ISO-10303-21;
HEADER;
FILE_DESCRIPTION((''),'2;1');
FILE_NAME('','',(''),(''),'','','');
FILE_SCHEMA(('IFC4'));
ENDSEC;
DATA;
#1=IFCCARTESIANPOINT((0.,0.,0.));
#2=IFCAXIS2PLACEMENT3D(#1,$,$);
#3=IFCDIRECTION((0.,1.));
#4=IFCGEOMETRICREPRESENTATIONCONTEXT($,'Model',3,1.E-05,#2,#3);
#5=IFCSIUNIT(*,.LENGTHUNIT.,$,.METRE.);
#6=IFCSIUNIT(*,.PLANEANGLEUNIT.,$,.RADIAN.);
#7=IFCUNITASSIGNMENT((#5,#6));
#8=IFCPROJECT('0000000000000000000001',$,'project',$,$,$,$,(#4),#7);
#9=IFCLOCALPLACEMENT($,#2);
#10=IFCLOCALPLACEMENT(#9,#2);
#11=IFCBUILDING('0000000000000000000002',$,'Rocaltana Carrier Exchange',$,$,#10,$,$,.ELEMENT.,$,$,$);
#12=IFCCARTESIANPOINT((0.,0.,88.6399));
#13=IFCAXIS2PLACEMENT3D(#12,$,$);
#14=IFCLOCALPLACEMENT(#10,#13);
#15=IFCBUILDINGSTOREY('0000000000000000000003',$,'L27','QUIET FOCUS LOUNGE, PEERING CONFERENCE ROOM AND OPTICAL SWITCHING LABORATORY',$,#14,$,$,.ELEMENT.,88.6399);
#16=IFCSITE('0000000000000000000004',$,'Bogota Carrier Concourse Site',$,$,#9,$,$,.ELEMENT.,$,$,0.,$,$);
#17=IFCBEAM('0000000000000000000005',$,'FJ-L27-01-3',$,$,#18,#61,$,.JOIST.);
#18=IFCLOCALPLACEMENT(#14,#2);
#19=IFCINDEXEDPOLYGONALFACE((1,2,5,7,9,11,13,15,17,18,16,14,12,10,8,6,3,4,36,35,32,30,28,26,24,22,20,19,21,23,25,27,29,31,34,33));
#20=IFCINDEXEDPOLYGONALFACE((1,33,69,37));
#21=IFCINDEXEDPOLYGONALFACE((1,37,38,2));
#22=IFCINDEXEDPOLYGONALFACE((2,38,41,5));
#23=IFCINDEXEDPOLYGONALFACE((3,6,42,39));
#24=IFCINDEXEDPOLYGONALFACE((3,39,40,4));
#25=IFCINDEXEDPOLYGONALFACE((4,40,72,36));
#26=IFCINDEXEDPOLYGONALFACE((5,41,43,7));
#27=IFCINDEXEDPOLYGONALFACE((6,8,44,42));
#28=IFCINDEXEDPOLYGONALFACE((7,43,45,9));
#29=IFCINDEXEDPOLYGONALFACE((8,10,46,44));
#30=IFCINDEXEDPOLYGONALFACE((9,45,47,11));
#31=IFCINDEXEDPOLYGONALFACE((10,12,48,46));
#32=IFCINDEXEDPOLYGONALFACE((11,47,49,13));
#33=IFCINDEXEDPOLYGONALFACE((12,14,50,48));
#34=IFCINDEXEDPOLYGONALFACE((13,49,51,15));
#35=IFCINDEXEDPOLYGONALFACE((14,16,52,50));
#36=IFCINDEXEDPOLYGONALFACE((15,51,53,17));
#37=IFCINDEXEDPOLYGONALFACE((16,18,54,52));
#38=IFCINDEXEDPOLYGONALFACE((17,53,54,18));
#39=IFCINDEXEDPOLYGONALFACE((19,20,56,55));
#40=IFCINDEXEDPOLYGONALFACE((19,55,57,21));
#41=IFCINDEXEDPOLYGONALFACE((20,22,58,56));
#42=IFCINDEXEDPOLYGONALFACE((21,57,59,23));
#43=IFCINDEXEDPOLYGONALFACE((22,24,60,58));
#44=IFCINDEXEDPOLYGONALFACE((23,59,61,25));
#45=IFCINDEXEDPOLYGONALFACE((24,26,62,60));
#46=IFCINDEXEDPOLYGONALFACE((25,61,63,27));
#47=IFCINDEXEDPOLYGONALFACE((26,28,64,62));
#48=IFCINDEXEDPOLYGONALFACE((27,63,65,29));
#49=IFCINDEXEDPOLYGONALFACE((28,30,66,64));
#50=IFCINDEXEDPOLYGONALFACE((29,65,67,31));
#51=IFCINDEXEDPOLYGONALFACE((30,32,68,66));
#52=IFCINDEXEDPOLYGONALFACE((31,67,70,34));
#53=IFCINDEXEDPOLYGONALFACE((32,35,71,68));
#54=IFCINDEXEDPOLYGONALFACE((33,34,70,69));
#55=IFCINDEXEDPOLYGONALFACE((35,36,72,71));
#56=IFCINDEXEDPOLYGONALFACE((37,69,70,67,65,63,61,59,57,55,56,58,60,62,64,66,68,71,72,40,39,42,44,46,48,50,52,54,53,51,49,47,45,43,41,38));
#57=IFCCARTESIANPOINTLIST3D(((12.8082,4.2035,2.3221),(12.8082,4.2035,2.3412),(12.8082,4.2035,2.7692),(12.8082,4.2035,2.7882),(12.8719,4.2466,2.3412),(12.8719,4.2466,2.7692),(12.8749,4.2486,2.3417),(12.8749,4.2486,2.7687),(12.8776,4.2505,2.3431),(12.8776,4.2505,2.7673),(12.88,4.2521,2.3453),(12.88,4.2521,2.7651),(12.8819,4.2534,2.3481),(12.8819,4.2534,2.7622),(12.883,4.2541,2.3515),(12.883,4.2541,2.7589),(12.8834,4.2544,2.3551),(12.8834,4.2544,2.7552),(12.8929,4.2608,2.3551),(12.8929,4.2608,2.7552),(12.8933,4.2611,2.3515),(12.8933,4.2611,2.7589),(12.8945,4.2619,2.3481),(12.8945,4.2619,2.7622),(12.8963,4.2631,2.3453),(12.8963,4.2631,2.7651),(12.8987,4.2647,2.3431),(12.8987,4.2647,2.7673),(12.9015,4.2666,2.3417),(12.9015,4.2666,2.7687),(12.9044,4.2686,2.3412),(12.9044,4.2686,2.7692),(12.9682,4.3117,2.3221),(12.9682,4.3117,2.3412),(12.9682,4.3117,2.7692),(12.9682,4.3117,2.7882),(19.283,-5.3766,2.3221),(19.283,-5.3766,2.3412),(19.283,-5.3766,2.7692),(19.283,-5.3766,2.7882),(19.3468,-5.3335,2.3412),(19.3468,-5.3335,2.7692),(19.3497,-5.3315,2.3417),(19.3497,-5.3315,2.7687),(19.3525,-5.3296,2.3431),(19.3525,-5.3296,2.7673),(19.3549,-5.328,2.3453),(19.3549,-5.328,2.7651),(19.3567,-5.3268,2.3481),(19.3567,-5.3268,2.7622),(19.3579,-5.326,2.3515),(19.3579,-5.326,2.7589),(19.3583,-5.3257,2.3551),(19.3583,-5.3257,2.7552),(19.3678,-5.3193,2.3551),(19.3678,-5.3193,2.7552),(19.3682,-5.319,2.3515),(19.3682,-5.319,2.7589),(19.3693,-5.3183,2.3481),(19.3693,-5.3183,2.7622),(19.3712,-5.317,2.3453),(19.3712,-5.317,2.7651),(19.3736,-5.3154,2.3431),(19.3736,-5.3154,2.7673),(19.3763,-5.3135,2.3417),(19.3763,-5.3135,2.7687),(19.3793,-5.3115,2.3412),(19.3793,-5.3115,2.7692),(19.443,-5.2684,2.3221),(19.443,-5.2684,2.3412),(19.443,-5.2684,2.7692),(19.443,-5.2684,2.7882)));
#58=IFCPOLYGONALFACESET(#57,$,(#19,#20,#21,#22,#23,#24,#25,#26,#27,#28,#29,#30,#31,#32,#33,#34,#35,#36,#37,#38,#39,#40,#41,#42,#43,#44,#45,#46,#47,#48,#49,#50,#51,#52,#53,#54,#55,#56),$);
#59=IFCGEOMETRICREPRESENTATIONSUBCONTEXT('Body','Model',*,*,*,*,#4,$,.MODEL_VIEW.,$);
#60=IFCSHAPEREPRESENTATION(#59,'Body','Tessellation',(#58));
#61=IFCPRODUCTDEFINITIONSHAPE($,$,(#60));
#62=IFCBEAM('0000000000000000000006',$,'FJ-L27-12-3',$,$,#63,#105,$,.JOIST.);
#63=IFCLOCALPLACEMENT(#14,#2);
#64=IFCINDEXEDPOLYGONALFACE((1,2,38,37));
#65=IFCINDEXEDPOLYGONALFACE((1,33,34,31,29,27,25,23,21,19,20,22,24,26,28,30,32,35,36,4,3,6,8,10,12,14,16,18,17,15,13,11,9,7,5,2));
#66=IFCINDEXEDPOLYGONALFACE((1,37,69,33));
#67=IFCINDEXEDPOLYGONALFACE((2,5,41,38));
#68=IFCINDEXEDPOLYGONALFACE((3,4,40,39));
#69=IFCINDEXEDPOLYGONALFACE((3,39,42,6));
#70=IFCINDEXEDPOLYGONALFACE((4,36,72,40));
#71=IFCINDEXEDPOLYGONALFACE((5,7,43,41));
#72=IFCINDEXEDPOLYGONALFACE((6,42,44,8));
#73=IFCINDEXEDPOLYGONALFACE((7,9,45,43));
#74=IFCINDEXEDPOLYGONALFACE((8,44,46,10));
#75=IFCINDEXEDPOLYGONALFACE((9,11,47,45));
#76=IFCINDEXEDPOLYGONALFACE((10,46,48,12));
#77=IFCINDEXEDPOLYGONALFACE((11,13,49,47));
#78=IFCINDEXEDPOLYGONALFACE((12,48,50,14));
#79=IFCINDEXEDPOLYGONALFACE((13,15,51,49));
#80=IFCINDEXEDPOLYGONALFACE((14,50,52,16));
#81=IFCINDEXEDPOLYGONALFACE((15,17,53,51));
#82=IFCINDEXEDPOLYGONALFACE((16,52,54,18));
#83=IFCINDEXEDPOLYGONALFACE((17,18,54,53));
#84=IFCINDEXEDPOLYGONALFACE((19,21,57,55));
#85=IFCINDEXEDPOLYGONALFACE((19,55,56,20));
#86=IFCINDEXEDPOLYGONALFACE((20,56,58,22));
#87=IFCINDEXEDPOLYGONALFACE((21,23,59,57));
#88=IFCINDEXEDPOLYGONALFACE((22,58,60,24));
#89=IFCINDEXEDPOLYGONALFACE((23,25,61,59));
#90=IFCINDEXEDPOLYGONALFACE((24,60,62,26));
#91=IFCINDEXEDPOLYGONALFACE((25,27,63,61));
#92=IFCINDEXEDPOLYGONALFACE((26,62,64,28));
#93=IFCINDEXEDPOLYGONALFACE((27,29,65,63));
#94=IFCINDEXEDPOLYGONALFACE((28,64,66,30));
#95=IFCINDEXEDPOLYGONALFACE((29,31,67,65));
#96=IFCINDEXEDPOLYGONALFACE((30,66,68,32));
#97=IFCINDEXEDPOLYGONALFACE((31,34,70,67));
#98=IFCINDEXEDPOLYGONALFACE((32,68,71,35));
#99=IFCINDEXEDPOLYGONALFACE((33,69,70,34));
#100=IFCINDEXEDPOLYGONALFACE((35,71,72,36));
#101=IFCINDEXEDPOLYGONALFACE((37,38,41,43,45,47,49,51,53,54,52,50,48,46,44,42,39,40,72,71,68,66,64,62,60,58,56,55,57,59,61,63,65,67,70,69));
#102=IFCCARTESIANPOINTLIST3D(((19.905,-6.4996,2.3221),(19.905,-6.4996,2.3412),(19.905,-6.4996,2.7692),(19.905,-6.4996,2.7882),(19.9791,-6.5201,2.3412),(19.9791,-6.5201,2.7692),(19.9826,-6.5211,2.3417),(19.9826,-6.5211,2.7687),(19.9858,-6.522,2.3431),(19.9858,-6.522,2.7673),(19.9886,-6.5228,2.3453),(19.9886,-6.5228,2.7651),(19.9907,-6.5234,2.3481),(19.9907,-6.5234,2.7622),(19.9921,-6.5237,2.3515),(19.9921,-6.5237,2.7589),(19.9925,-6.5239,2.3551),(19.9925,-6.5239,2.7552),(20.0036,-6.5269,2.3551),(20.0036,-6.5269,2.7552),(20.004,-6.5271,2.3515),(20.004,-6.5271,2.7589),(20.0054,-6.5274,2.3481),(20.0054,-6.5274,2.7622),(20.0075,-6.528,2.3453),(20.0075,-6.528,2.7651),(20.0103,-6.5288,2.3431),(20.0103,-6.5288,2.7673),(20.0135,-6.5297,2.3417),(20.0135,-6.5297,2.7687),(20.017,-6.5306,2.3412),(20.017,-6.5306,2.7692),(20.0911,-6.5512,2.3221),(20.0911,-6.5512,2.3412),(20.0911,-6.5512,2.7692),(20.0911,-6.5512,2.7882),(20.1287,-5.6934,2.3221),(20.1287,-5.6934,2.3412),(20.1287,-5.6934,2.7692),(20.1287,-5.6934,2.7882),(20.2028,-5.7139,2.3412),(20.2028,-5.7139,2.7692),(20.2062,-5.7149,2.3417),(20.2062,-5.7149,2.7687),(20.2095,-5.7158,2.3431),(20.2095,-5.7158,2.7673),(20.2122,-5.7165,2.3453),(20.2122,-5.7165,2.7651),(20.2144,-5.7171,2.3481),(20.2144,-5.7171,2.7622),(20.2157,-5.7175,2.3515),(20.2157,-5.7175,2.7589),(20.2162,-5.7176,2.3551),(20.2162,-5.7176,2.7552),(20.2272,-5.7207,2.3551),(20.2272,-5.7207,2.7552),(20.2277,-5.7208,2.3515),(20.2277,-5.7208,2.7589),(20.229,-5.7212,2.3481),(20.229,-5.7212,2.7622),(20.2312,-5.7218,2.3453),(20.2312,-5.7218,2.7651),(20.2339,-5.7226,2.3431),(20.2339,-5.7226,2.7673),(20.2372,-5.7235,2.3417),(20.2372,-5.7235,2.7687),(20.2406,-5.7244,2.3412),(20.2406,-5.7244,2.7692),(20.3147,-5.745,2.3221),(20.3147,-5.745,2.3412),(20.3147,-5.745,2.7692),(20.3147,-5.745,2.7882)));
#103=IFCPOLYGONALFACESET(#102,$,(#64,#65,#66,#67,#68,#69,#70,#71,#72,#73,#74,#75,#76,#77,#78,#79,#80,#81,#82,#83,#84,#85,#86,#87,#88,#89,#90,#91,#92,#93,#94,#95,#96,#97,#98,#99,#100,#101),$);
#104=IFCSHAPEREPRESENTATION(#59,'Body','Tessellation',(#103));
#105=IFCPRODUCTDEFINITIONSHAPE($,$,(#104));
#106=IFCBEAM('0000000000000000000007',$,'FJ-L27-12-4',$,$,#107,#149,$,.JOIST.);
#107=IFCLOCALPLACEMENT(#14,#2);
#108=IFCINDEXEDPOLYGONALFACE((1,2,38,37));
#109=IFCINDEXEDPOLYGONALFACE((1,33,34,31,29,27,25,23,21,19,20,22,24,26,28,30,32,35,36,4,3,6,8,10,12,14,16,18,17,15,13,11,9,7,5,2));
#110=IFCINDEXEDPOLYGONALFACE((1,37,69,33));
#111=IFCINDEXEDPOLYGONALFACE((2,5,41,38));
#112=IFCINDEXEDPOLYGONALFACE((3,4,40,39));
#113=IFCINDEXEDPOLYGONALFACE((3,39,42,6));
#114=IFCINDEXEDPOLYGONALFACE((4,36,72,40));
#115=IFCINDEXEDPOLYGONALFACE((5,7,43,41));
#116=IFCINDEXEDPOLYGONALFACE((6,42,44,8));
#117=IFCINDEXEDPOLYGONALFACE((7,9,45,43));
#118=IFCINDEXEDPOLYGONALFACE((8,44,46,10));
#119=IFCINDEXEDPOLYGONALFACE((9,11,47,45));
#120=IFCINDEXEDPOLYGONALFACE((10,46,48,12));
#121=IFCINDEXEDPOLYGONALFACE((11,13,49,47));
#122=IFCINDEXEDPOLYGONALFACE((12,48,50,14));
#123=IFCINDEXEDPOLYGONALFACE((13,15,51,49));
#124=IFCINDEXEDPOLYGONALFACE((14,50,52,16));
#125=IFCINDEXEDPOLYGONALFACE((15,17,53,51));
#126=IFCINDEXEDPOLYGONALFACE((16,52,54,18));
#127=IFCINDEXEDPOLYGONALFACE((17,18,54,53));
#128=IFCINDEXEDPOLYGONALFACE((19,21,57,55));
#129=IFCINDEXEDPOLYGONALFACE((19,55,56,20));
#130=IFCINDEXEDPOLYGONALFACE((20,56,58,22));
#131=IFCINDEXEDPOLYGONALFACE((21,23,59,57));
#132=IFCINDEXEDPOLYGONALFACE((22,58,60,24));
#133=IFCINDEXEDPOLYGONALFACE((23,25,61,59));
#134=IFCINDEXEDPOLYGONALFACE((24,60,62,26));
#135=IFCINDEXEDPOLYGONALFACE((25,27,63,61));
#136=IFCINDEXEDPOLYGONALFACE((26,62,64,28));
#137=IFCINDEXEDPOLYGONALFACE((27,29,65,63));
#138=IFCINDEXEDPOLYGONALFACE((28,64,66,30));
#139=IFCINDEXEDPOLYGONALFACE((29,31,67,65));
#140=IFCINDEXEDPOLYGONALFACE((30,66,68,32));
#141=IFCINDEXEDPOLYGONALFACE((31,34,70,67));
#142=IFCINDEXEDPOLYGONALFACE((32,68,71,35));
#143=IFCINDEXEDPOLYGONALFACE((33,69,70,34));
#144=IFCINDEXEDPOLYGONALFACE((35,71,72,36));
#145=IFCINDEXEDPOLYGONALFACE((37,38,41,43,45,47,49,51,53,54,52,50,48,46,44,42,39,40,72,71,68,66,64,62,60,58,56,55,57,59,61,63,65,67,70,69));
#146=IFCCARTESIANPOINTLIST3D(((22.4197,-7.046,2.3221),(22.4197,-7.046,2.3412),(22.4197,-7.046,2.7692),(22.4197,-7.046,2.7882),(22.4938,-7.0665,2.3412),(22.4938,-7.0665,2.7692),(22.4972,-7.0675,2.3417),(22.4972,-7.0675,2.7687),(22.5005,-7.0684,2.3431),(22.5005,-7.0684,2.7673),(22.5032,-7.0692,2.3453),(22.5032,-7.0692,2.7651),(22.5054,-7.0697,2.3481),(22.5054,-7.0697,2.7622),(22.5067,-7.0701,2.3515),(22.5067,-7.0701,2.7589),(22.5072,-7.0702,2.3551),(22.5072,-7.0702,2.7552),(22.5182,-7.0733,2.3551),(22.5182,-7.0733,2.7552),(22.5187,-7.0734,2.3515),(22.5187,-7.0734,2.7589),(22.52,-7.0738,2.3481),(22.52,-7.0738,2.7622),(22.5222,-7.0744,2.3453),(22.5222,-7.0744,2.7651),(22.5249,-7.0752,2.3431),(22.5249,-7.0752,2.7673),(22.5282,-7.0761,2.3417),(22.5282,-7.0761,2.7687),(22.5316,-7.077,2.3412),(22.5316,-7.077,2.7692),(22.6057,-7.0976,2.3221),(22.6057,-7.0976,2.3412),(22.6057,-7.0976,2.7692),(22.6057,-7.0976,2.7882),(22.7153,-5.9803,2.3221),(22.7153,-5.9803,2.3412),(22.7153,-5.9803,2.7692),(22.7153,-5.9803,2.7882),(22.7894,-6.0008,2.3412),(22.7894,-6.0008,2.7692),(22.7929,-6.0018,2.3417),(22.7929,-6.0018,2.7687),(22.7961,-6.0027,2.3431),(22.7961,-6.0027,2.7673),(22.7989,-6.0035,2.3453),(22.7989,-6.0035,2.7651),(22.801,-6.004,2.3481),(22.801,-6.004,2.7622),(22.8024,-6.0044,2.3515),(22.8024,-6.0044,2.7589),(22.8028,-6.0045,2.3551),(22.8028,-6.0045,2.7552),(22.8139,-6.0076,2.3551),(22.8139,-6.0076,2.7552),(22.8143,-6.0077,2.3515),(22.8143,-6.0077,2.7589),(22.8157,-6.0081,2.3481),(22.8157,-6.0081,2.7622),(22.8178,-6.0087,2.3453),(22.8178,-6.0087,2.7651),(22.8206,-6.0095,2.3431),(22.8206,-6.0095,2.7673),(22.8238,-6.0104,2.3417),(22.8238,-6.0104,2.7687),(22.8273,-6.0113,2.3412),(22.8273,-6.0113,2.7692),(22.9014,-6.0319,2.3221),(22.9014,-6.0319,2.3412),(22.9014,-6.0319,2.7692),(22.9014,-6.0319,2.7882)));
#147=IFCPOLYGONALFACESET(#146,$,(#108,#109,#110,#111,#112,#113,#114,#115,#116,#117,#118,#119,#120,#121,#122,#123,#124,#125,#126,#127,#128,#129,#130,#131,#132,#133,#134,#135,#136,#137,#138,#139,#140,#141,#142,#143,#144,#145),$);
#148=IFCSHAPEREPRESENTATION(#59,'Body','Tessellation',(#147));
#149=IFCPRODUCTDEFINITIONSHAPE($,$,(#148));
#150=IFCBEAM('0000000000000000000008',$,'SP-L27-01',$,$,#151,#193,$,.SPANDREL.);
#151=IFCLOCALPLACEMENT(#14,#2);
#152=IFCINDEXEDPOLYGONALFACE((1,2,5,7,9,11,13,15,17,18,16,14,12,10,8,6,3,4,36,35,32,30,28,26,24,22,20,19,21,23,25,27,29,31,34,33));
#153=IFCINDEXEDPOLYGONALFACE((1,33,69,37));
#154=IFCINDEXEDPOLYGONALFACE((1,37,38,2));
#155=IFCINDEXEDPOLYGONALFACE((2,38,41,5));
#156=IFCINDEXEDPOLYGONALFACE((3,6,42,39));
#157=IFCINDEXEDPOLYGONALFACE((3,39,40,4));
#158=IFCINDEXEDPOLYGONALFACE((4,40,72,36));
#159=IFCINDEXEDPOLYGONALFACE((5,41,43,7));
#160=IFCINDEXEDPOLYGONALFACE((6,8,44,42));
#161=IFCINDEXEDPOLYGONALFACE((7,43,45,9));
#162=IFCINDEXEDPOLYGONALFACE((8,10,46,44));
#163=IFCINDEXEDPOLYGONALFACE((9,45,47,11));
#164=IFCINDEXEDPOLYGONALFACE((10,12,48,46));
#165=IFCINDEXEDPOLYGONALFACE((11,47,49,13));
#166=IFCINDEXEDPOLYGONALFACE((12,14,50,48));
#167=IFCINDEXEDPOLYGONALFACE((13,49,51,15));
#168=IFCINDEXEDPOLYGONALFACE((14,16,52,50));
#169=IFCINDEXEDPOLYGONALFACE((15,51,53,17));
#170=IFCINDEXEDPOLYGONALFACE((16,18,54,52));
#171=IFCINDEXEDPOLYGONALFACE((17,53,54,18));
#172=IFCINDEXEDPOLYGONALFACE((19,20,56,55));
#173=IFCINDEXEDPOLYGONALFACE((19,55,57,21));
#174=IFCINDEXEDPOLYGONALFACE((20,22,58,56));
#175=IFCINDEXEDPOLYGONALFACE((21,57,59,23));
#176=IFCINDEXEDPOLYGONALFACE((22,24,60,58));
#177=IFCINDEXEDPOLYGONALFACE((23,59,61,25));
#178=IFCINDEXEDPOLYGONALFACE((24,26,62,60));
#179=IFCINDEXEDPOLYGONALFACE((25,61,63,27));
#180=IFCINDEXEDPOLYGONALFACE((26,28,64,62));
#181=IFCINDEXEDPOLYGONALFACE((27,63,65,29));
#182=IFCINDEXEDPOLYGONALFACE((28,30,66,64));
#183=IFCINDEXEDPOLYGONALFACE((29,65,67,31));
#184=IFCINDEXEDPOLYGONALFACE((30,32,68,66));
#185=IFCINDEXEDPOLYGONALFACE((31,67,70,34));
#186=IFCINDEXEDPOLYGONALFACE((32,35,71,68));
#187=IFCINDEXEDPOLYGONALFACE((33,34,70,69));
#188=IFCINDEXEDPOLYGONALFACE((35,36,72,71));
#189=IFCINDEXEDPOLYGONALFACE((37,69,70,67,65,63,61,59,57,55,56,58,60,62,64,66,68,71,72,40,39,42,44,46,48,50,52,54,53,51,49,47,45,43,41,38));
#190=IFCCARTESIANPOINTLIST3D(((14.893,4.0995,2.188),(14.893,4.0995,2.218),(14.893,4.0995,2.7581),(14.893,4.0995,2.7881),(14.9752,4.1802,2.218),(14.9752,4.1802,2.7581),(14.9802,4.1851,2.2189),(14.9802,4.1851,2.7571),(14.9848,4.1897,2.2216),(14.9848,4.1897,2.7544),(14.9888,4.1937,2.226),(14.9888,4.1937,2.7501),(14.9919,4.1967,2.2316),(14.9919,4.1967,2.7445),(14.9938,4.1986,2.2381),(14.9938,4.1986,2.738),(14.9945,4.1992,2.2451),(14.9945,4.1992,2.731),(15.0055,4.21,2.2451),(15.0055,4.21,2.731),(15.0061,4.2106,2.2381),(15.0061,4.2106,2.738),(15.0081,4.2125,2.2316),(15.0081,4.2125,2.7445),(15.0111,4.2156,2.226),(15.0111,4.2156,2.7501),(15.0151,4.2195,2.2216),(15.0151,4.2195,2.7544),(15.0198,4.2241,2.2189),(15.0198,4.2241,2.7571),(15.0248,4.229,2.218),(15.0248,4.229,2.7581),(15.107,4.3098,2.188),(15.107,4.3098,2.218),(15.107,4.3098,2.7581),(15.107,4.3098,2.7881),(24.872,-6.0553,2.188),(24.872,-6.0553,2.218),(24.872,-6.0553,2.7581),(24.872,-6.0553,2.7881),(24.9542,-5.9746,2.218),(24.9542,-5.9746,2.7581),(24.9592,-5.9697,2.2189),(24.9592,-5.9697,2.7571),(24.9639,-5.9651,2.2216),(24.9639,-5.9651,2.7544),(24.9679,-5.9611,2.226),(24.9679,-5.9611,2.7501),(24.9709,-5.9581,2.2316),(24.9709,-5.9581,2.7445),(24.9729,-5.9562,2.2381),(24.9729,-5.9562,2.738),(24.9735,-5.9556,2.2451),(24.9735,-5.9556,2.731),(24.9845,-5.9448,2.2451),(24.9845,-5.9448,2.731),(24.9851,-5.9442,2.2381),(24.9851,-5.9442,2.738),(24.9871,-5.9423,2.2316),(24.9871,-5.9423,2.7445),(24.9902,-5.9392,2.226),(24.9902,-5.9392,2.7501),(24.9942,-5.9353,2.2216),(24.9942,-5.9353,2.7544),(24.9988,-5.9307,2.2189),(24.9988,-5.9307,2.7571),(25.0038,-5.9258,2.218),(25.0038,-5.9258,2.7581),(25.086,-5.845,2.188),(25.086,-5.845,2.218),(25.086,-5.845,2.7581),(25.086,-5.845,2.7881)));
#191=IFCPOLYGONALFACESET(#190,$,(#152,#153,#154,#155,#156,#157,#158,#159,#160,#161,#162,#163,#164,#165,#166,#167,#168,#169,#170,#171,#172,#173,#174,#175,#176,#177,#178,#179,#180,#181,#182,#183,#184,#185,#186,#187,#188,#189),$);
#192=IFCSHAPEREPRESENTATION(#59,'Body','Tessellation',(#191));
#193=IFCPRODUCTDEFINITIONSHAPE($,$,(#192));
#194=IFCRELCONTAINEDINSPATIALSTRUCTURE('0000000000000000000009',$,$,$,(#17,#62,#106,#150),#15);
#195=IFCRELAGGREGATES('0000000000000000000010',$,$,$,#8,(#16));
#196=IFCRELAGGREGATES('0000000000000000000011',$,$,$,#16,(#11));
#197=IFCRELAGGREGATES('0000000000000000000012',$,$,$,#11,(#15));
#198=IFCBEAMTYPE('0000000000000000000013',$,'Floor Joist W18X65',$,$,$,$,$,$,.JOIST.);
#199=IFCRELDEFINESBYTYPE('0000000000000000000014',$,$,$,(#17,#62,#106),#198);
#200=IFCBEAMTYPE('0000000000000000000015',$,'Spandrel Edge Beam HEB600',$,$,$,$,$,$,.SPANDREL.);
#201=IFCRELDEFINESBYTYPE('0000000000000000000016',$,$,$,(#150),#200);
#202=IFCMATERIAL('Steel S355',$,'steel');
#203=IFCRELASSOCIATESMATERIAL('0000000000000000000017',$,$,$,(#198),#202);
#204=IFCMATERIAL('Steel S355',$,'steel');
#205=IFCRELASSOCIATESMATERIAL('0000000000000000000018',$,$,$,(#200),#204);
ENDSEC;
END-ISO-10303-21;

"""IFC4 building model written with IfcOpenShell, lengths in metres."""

from ifc_helpers import new_model, si_unit, direction, frame, origin, origin_2d, place, context, subcontext, project, spatial, i_section, extrude, material, material_profile, profile_set, type_object, element, save


model = new_model("IFC4")

# Units and contexts
model_context = context("Model", 3, precision=1e-05, world=origin(), true_north=direction((0.0, 1.0)))
body_context = subcontext(model_context, "Body", "Model", "MODEL_VIEW")
ifc_project = project(units=[si_unit("LENGTHUNIT", "METRE"), si_unit("PLANEANGLEUNIT", "RADIAN")], contexts=[model_context])

# Site, building, storey
site_placement = place(None, origin())
site = spatial("IfcSite", under=ifc_project, at=site_placement, Name="Bogota Carrier Concourse Site", CompositionType="ELEMENT", RefElevation=0.0)
building_placement = place(site_placement, origin())
building = spatial("IfcBuilding", under=site, at=building_placement, Name="Rocaltana Carrier Exchange", CompositionType="ELEMENT")
storey_placement = place(building_placement, frame((0.0, 0.0, 88.6399)))
storey = spatial("IfcBuildingStorey", under=building, at=storey_placement, Name="L27", Description="QUIET FOCUS LOUNGE, PEERING CONFERENCE ROOM AND OPTICAL SWITCHING LABORATORY", CompositionType="ELEMENT", Elevation=88.6399)

# Beams
ifc_material_1 = material(Name="Steel S355", Category="steel")
ifc_material_profile_1 = material_profile(ifc_material_1, i_section(OverallWidth=0.1931, OverallDepth=0.4661, WebThickness=0.0115, FlangeThickness=0.019, FilletRadius=0.0139, at=origin_2d()), Name="W18X65")
ifc_profile_set_1 = profile_set([ifc_material_profile_1], Name="Steel S355")
beam_type_1 = type_object("IfcBeamType", Name="Floor Joist W18X65", PredefinedType="JOIST", material=ifc_profile_set_1)
beam_1_placement = place(storey_placement, frame((19.363, -5.3225, 2.5552), z_axis=(-0.559966, 0.828516, 0.0), x_axis=(-0.828516, -0.559966, 0.0)))
element("IfcBeam", 1, at=beam_1_placement, inside=storey, type_object=beam_type_1, Name="FJ-L27-01-3", PredefinedType="JOIST", context=body_context, shape_type="SweptSolid", body=[
    extrude(i_section(OverallWidth=0.1931, OverallDepth=0.4661, WebThickness=0.0115, FlangeThickness=0.019, FilletRadius=0.0139, at=origin_2d()), origin(), (0.0, 0.0, 1.0), 11.563),
])
beam_2_placement = place(storey_placement, frame((19.998, -6.5254, 2.5552), z_axis=(0.267313, 0.96361, 0.0), x_axis=(-0.96361, 0.267313, 0.0)))
element("IfcBeam", 2, at=beam_2_placement, inside=storey, type_object=beam_type_1, Name="FJ-L27-12-3", PredefinedType="JOIST", context=body_context, shape_type="SweptSolid", body=[
    extrude(i_section(OverallWidth=0.1931, OverallDepth=0.4661, WebThickness=0.0115, FlangeThickness=0.019, FilletRadius=0.0139, at=origin_2d()), origin(), (0.0, 0.0, 1.0), 0.8367),
])
beam_3_placement = place(storey_placement, frame((22.5127, -7.0718, 2.5552), z_axis=(0.267336, 0.963603, 0.0), x_axis=(-0.963603, 0.267336, 0.0)))
element("IfcBeam", 3, at=beam_3_placement, inside=storey, type_object=beam_type_1, Name="FJ-L27-12-4", PredefinedType="JOIST", context=body_context, shape_type="SweptSolid", body=[
    extrude(i_section(OverallWidth=0.1931, OverallDepth=0.4661, WebThickness=0.0115, FlangeThickness=0.019, FilletRadius=0.0139, at=origin_2d()), origin(), (0.0, 0.0, 1.0), 1.106),
])
ifc_material_2 = material(Name="Steel S355", Category="steel")
ifc_material_profile_2 = material_profile(ifc_material_2, i_section(OverallWidth=0.3, OverallDepth=0.6001, WebThickness=0.0154, FlangeThickness=0.03, FilletRadius=0.0271, at=origin_2d()), Name="HEB600")
ifc_profile_set_2 = profile_set([ifc_material_profile_2], Name="Steel S355")
beam_type_2 = type_object("IfcBeamType", Name="Spandrel Edge Beam HEB600", PredefinedType="SPANDREL", material=ifc_profile_set_2)
beam_4_placement = place(storey_placement, frame((24.979, -5.9502, 2.488), z_axis=(-0.700907, 0.713253, 0.0), x_axis=(-0.713253, -0.700907, 0.0)))
element("IfcBeam", 4, at=beam_4_placement, inside=storey, type_object=beam_type_2, Name="SP-L27-01", PredefinedType="SPANDREL", context=body_context, shape_type="SweptSolid", body=[
    extrude(i_section(OverallWidth=0.3, OverallDepth=0.6001, WebThickness=0.0154, FlangeThickness=0.03, FilletRadius=0.0271, at=origin_2d()), origin(), (0.0, 0.0, 1.0), 14.2373),
])

save(model, "model.ifc")
